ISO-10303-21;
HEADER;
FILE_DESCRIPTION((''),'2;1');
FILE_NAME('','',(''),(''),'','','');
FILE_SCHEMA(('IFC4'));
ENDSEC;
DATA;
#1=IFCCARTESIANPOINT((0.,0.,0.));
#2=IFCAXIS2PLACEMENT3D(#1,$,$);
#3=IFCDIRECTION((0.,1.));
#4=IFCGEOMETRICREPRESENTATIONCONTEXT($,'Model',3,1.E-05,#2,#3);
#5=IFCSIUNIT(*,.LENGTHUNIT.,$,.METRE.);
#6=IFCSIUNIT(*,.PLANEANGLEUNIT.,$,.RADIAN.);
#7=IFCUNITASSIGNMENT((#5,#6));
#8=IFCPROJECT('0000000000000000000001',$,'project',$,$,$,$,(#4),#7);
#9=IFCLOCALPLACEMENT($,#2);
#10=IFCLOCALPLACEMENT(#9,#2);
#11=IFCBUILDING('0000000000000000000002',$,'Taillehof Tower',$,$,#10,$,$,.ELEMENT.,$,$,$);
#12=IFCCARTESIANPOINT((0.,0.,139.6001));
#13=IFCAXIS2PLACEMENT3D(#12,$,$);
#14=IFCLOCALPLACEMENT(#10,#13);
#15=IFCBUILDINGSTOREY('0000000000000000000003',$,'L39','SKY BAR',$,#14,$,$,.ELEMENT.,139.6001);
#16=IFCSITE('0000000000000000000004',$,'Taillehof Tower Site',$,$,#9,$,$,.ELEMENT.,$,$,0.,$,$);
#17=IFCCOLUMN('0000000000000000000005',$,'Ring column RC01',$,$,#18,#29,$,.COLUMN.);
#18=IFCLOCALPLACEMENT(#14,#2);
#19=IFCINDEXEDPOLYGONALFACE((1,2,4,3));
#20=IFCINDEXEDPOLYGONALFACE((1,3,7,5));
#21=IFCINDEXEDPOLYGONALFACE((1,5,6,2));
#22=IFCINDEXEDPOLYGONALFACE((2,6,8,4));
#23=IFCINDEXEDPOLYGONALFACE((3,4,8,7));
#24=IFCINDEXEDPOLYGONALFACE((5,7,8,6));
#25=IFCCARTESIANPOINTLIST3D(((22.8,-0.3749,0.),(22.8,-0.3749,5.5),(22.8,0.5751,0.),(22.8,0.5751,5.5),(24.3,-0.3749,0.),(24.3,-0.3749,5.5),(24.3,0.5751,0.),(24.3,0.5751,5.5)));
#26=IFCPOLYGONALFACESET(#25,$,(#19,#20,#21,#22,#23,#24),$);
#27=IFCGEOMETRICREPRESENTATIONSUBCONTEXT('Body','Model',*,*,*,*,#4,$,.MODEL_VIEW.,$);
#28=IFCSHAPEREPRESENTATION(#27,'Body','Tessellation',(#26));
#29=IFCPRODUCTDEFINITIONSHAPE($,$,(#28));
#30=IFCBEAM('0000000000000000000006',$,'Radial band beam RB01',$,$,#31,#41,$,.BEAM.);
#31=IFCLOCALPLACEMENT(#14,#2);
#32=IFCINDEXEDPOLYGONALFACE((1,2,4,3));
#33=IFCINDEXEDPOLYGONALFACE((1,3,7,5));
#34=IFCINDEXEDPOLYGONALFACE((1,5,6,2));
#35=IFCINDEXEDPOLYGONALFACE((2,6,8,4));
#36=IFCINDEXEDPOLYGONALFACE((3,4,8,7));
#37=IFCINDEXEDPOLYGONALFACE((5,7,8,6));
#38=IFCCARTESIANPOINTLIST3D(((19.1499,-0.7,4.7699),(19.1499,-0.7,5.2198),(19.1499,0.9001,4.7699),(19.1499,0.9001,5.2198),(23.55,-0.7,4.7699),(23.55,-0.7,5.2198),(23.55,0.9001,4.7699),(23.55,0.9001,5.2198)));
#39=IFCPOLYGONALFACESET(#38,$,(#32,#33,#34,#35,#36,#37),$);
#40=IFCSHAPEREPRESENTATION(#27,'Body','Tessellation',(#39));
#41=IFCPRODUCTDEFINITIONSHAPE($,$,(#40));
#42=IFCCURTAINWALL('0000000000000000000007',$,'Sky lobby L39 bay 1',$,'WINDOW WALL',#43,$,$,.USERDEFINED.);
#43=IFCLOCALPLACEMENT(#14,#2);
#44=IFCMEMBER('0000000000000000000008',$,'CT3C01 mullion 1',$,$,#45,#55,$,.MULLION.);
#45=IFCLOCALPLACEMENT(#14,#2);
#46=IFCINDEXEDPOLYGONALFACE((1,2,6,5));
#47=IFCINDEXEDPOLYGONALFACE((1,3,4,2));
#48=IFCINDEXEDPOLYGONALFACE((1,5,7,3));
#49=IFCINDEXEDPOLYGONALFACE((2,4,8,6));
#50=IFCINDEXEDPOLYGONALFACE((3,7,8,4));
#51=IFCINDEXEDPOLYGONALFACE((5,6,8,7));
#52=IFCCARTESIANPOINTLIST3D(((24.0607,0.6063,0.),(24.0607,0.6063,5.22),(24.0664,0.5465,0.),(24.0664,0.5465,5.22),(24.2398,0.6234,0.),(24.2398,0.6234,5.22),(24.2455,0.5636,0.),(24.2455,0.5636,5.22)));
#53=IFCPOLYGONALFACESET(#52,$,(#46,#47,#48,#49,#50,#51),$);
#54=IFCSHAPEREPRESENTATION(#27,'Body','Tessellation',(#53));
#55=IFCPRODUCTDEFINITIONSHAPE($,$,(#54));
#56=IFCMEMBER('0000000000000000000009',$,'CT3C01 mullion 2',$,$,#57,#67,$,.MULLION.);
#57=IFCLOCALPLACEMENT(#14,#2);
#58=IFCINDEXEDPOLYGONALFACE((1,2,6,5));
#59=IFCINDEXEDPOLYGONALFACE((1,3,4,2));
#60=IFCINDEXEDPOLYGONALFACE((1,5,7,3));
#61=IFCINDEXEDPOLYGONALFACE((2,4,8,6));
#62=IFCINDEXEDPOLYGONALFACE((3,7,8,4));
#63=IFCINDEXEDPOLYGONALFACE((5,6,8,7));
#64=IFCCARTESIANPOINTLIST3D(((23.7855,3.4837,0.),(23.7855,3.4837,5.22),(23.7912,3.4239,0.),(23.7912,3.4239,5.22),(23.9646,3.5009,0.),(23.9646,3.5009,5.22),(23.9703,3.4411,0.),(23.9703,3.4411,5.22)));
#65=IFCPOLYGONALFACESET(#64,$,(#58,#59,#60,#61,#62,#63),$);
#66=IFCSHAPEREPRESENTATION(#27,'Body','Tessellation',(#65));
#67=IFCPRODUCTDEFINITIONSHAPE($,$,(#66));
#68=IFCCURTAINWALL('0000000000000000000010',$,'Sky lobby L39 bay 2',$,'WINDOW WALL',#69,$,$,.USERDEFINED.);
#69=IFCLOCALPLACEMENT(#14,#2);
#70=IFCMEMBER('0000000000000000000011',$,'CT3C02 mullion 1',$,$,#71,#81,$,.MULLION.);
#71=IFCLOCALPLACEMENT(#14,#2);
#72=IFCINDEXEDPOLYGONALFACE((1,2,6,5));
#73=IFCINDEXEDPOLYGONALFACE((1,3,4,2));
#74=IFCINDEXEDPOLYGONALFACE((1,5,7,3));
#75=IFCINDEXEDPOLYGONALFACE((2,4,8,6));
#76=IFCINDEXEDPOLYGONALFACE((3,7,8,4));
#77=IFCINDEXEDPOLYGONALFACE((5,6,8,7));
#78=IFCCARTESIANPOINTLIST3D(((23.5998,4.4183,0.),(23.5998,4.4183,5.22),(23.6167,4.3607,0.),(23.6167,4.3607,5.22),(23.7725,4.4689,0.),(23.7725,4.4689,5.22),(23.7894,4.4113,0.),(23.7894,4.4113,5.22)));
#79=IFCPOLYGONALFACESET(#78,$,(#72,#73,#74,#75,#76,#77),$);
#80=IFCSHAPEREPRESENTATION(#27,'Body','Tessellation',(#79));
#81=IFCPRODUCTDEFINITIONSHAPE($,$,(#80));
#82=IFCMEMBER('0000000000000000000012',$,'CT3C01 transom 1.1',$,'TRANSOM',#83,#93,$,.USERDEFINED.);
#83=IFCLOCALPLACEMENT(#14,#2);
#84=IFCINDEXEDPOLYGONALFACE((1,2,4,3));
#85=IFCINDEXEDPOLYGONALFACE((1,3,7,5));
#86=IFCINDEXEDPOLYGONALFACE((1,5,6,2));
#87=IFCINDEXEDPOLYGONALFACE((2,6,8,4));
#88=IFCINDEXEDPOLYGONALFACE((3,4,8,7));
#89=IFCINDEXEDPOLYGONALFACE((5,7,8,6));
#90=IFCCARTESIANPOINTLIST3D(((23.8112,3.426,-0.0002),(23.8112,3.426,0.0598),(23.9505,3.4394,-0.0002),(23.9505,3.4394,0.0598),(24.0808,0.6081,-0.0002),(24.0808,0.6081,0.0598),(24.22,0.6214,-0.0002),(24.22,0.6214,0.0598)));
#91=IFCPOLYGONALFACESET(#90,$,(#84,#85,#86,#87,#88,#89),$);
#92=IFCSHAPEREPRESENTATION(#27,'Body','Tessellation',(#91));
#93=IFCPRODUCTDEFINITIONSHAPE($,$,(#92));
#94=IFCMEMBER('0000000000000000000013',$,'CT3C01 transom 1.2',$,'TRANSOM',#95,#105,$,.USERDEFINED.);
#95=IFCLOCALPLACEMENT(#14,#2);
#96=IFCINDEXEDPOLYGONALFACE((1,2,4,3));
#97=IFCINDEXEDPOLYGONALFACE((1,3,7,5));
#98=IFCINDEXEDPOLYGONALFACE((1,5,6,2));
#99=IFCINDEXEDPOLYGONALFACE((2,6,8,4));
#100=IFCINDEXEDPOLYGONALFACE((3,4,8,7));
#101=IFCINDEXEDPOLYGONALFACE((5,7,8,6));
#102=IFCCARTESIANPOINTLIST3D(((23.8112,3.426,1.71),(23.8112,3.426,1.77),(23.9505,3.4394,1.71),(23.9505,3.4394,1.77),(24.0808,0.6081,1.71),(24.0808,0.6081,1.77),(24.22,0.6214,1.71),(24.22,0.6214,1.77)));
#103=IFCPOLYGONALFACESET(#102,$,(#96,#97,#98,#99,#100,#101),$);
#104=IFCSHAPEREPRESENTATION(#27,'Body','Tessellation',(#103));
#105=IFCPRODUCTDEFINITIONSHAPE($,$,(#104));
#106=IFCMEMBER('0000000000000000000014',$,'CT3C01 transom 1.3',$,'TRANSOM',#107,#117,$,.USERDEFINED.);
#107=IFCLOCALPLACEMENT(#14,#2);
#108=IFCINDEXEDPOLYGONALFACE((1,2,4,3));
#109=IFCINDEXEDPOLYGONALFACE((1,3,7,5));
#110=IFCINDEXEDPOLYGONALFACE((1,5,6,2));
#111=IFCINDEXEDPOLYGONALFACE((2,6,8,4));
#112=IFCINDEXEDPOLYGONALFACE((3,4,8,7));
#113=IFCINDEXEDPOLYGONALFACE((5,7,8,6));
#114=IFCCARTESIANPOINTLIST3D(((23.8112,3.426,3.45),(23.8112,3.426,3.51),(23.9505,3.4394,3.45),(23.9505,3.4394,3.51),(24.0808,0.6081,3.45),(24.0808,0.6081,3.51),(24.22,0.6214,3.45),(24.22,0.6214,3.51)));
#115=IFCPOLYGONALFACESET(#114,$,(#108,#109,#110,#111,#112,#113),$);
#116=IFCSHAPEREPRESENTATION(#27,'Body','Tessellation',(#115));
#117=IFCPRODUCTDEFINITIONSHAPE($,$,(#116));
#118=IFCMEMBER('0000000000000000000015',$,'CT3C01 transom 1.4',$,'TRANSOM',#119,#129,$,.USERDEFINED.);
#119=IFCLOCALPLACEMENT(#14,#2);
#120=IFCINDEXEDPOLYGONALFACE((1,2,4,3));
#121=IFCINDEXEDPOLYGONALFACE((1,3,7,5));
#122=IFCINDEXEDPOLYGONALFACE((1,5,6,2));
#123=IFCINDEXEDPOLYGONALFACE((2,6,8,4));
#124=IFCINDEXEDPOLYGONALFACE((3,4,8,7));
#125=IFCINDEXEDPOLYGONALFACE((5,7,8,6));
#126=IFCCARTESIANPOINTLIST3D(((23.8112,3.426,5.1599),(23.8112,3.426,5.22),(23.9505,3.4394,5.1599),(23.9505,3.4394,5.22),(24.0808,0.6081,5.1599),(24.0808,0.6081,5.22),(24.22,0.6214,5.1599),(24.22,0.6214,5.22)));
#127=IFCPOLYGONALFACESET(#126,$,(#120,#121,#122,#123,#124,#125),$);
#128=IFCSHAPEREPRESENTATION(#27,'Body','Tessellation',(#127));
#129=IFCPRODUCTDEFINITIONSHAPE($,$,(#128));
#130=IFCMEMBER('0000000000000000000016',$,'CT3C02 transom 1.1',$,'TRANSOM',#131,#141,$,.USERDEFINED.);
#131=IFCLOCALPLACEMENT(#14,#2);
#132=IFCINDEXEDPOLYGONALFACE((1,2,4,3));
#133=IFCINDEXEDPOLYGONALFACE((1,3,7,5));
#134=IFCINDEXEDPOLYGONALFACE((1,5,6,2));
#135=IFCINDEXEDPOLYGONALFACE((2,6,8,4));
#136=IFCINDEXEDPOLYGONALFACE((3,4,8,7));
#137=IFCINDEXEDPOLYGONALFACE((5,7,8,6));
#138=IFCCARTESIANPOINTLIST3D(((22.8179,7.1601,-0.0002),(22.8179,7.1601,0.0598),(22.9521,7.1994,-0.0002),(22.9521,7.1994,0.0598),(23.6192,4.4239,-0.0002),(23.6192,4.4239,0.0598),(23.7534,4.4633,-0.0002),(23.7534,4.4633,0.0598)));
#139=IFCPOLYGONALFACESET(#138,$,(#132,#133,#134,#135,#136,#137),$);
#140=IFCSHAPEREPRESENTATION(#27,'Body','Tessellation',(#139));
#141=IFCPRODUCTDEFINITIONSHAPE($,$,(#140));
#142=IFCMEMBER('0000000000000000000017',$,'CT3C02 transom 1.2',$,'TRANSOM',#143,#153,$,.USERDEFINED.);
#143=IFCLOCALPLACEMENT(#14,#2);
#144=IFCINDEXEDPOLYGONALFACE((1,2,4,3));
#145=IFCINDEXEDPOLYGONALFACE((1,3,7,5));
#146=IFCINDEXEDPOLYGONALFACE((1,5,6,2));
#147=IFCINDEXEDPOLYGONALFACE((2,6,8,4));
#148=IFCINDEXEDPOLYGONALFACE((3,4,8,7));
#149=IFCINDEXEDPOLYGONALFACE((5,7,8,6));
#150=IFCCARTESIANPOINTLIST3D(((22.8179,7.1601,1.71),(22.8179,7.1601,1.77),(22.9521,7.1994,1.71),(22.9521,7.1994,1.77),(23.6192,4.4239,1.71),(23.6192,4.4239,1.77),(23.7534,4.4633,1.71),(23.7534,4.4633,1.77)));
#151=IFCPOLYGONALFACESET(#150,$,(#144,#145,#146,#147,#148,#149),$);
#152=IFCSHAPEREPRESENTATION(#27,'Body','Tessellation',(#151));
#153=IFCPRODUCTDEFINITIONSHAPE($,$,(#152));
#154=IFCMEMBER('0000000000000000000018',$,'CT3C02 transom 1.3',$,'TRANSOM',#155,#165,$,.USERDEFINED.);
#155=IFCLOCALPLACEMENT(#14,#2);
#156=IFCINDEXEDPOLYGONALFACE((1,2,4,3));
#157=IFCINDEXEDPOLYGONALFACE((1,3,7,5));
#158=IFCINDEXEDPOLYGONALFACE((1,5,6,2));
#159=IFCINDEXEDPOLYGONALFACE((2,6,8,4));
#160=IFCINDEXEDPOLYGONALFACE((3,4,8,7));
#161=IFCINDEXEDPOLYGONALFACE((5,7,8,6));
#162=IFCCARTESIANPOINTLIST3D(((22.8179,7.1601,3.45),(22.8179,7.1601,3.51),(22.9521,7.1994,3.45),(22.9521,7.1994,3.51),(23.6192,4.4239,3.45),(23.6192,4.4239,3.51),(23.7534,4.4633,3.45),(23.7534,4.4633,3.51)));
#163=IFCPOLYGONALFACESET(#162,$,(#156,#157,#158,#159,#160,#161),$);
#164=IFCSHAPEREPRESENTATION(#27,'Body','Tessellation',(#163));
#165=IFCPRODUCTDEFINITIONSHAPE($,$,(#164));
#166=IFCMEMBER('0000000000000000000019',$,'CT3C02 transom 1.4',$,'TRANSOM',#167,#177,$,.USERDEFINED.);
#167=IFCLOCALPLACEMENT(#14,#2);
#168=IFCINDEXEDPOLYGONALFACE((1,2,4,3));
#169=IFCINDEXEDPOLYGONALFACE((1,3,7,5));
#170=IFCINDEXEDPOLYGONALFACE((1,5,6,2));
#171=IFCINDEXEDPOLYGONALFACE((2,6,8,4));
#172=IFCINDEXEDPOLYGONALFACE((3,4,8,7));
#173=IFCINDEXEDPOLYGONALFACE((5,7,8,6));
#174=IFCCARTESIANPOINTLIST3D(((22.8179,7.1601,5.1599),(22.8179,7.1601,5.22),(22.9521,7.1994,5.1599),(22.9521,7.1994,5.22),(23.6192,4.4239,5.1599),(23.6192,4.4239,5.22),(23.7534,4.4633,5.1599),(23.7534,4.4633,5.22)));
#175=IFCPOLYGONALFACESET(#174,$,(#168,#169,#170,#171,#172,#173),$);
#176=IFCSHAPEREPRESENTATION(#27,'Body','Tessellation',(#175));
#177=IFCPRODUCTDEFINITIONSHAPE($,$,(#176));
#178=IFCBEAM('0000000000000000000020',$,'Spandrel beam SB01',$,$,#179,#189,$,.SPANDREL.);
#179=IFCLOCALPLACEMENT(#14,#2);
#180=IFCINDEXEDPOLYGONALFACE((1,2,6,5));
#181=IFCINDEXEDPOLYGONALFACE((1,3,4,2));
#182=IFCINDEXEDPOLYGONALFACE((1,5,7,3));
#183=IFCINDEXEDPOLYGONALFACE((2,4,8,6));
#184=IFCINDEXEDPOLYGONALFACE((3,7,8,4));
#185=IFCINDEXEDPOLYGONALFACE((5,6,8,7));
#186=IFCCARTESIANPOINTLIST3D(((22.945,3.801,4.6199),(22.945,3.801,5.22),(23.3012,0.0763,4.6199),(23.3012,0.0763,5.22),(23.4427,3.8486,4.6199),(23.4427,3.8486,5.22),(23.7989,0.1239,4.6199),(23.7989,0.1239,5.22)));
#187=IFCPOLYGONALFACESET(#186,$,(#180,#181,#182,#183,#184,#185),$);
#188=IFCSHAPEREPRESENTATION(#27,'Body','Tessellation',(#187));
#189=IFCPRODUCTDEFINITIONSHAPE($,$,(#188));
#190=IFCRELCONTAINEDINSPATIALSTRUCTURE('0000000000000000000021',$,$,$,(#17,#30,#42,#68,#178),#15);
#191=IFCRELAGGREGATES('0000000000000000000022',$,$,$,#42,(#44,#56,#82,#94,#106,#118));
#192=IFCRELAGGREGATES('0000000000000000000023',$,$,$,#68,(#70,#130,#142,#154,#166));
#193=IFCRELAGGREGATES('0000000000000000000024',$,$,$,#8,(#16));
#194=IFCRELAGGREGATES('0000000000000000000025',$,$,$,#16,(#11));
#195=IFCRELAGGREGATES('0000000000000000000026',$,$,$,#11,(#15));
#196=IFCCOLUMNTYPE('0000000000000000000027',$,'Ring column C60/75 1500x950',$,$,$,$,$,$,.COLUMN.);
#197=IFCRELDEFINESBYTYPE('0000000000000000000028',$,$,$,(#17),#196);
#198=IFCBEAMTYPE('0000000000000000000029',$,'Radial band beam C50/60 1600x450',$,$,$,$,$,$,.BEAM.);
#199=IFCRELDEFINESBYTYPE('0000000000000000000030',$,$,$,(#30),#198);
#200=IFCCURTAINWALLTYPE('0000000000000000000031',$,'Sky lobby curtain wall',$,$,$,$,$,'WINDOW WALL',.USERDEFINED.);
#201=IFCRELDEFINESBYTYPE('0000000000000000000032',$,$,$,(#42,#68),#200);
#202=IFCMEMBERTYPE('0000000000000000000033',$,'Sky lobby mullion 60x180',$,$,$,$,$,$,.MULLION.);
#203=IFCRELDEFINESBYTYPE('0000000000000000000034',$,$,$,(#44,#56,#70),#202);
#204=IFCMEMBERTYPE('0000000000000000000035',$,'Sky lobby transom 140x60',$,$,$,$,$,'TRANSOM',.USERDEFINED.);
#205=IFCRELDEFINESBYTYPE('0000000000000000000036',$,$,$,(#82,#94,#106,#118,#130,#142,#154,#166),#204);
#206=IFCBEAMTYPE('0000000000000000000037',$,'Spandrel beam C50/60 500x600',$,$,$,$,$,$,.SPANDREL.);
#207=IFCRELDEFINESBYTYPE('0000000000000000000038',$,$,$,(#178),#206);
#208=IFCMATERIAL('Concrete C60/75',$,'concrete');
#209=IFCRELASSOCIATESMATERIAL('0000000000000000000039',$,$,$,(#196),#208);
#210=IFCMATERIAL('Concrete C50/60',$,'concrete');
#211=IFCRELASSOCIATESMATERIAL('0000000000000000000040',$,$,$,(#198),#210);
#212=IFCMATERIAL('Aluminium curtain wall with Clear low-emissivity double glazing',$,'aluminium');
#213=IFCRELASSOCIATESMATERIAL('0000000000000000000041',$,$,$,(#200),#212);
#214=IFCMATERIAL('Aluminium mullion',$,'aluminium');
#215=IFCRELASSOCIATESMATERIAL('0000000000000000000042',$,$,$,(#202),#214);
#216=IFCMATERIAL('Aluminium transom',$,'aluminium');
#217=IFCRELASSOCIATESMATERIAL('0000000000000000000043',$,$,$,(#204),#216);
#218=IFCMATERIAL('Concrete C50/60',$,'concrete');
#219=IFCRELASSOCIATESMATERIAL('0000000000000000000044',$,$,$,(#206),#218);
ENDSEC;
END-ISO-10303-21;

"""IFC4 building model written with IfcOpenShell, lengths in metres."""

from ifc_helpers import new_model, si_unit, direction, frame, origin, origin_2d, place, context, subcontext, project, spatial, rectangle, extrude, material, material_profile, profile_set, type_object, element, aggregate, save


model = new_model("IFC4")

# Units and contexts
model_context = context("Model", 3, precision=1e-05, world=origin(), true_north=direction((0.0, 1.0)))
body_context = subcontext(model_context, "Body", "Model", "MODEL_VIEW")
ifc_project = project(units=[si_unit("LENGTHUNIT", "METRE"), si_unit("PLANEANGLEUNIT", "RADIAN")], contexts=[model_context])

# Site, building, storey
site_placement = place(None, origin())
site = spatial("IfcSite", under=ifc_project, at=site_placement, Name="Taillehof Tower Site", CompositionType="ELEMENT", RefElevation=0.0)
building_placement = place(site_placement, origin())
building = spatial("IfcBuilding", under=site, at=building_placement, Name="Taillehof Tower", CompositionType="ELEMENT")
storey_placement = place(building_placement, frame((0.0, 0.0, 139.6001)))
storey = spatial("IfcBuildingStorey", under=building, at=storey_placement, Name="L39", Description="SKY BAR", CompositionType="ELEMENT", Elevation=139.6001)

# Column
ifc_material_1 = material(Name="Concrete C60/75", Category="concrete")
ifc_material_profile_1 = material_profile(ifc_material_1, rectangle(XDim=1.5, YDim=0.95, at=origin_2d()), Name="RC 1500x950")
ifc_profile_set_1 = profile_set([ifc_material_profile_1], Name="Concrete C60/75")
column_type = type_object("IfcColumnType", Name="Ring column C60/75 1500x950", PredefinedType="COLUMN", material=ifc_profile_set_1)
column_placement = place(storey_placement, frame((23.55, 0.1001, 0.0), z_axis=(0.0, 0.0, 1.0), x_axis=(1.0, 0.0, 0.0)))
element("IfcColumn", 1, at=column_placement, inside=storey, type_object=column_type, Name="Ring column RC01", PredefinedType="COLUMN", context=body_context, shape_type="SweptSolid", body=[
    extrude(rectangle(XDim=1.5, YDim=0.95, at=origin_2d()), origin(), (0.0, 0.0, 1.0), 5.5),
])

# Beam
ifc_material_2 = material(Name="Concrete C50/60", Category="concrete")
ifc_material_profile_2 = material_profile(ifc_material_2, rectangle(XDim=1.6001, YDim=0.45, at=origin_2d()), Name="RC 1600x450")
ifc_profile_set_2 = profile_set([ifc_material_profile_2], Name="Concrete C50/60")
beam_type_1 = type_object("IfcBeamType", Name="Radial band beam C50/60 1600x450", PredefinedType="BEAM", material=ifc_profile_set_2)
beam_1_placement = place(storey_placement, frame((23.55, 0.1001, 4.9949), z_axis=(-1.0, 0.0, 0.0), x_axis=(0.0, -1.0, 0.0)))
element("IfcBeam", 2, at=beam_1_placement, inside=storey, type_object=beam_type_1, Name="Radial band beam RB01", PredefinedType="BEAM", context=body_context, shape_type="SweptSolid", body=[
    extrude(rectangle(XDim=1.6001, YDim=0.45, at=origin_2d()), origin(), (0.0, 0.0, 1.0), 4.4001),
])

# Curtain wall, members
ifc_material_3 = material(Name="Aluminium curtain wall with Clear low-emissivity double glazing", Category="aluminium")
curtain_wall_type = type_object("IfcCurtainWallType", Name="Sky lobby curtain wall", ElementType="WINDOW WALL", PredefinedType="USERDEFINED", material=ifc_material_3)
curtain_wall_1_placement = place(storey_placement, origin())
curtain_wall_1 = element("IfcCurtainWall", 3, at=curtain_wall_1_placement, inside=storey, type_object=curtain_wall_type, Name="Sky lobby L39 bay 1", ObjectType="WINDOW WALL", PredefinedType="USERDEFINED")
ifc_material_4 = material(Name="Aluminium mullion", Category="aluminium")
ifc_material_profile_3 = material_profile(ifc_material_4, rectangle(XDim=0.1799, YDim=0.0601, at=origin_2d()), Name="AL 60x180")
ifc_profile_set_3 = profile_set([ifc_material_profile_3], Name="Aluminium mullion")
member_type_1 = type_object("IfcMemberType", Name="Sky lobby mullion 60x180", PredefinedType="MULLION", material=ifc_profile_set_3)
member_1_placement = place(storey_placement, frame((24.1531, 0.585, 0.0), z_axis=(0.0, 0.0, 1.0), x_axis=(-0.995458, -0.095197, 0.0)))
member_1 = element("IfcMember", 4, at=member_1_placement, type_object=member_type_1, Name="CT3C01 mullion 1", PredefinedType="MULLION", context=body_context, shape_type="SweptSolid", body=[
    extrude(rectangle(XDim=0.1799, YDim=0.0601, at=origin_2d()), origin(), (0.0, 0.0, 1.0), 5.22),
])
member_2_placement = place(storey_placement, frame((23.8779, 3.4624, 0.0), z_axis=(0.0, 0.0, 1.0), x_axis=(-0.995458, -0.095197, 0.0)))
member_2 = element("IfcMember", 5, at=member_2_placement, type_object=member_type_1, Name="CT3C01 mullion 2", PredefinedType="MULLION", context=body_context, shape_type="SweptSolid", body=[
    extrude(rectangle(XDim=0.1799, YDim=0.0601, at=origin_2d()), origin(), (0.0, 0.0, 1.0), 5.22),
])

# Curtain wall, member
curtain_wall_2_placement = place(storey_placement, origin())
curtain_wall_2 = element("IfcCurtainWall", 6, at=curtain_wall_2_placement, inside=storey, type_object=curtain_wall_type, Name="Sky lobby L39 bay 2", ObjectType="WINDOW WALL", PredefinedType="USERDEFINED")
member_3_placement = place(storey_placement, frame((23.6946, 4.4148, 0.0), z_axis=(0.0, 0.0, 1.0), x_axis=(-0.959684, -0.28108, 0.0)))
member_3 = element("IfcMember", 7, at=member_3_placement, type_object=member_type_1, Name="CT3C02 mullion 1", PredefinedType="MULLION", context=body_context, shape_type="SweptSolid", body=[
    extrude(rectangle(XDim=0.1799, YDim=0.0601, at=origin_2d()), origin(), (0.0, 0.0, 1.0), 5.22),
])

# Members
ifc_material_5 = material(Name="Aluminium transom", Category="aluminium")
ifc_material_profile_4 = material_profile(ifc_material_5, rectangle(XDim=0.1399, YDim=0.0601, at=origin_2d()), Name="AL 140x60")
ifc_profile_set_4 = profile_set([ifc_material_profile_4], Name="Aluminium transom")
member_type_2 = type_object("IfcMemberType", Name="Sky lobby transom 140x60", ElementType="TRANSOM", PredefinedType="USERDEFINED", material=ifc_profile_set_4)
member_4_placement = place(storey_placement, frame((24.1504, 0.6147, 0.0298), z_axis=(-0.095216, 0.995457, 0.0), x_axis=(-0.995457, -0.095216, 0.0)))
member_4 = element("IfcMember", 8, at=member_4_placement, type_object=member_type_2, Name="CT3C01 transom 1.1", ObjectType="TRANSOM", PredefinedType="USERDEFINED", context=body_context, shape_type="SweptSolid", body=[
    extrude(rectangle(XDim=0.1399, YDim=0.0601, at=origin_2d()), origin(), (0.0, 0.0, 1.0), 2.8308),
])
member_5_placement = place(storey_placement, frame((24.1504, 0.6147, 1.74), z_axis=(-0.095216, 0.995457, 0.0), x_axis=(-0.995457, -0.095216, 0.0)))
member_5 = element("IfcMember", 9, at=member_5_placement, type_object=member_type_2, Name="CT3C01 transom 1.2", ObjectType="TRANSOM", PredefinedType="USERDEFINED", context=body_context, shape_type="SweptSolid", body=[
    extrude(rectangle(XDim=0.1399, YDim=0.0601, at=origin_2d()), origin(), (0.0, 0.0, 1.0), 2.8308),
])
member_6_placement = place(storey_placement, frame((24.1504, 0.6147, 3.48), z_axis=(-0.095216, 0.995457, 0.0), x_axis=(-0.995457, -0.095216, 0.0)))
member_6 = element("IfcMember", 10, at=member_6_placement, type_object=member_type_2, Name="CT3C01 transom 1.3", ObjectType="TRANSOM", PredefinedType="USERDEFINED", context=body_context, shape_type="SweptSolid", body=[
    extrude(rectangle(XDim=0.1399, YDim=0.0601, at=origin_2d()), origin(), (0.0, 0.0, 1.0), 2.8308),
])
member_7_placement = place(storey_placement, frame((24.1504, 0.6147, 5.1899), z_axis=(-0.095216, 0.995457, 0.0), x_axis=(-0.995457, -0.095216, 0.0)))
member_7 = element("IfcMember", 11, at=member_7_placement, type_object=member_type_2, Name="CT3C01 transom 1.4", ObjectType="TRANSOM", PredefinedType="USERDEFINED", context=body_context, shape_type="SweptSolid", body=[
    extrude(rectangle(XDim=0.1399, YDim=0.0601, at=origin_2d()), origin(), (0.0, 0.0, 1.0), 2.8308),
])
member_8_placement = place(storey_placement, frame((23.6863, 4.4436, 0.0298), z_axis=(-0.281049, 0.959693, 0.0), x_axis=(-0.959693, -0.281049, 0.0)))
member_8 = element("IfcMember", 12, at=member_8_placement, type_object=member_type_2, Name="CT3C02 transom 1.1", ObjectType="TRANSOM", PredefinedType="USERDEFINED", context=body_context, shape_type="SweptSolid", body=[
    extrude(rectangle(XDim=0.1399, YDim=0.0601, at=origin_2d()), origin(), (0.0, 0.0, 1.0), 2.8511),
])
member_9_placement = place(storey_placement, frame((23.6863, 4.4436, 1.74), z_axis=(-0.281049, 0.959693, 0.0), x_axis=(-0.959693, -0.281049, 0.0)))
member_9 = element("IfcMember", 13, at=member_9_placement, type_object=member_type_2, Name="CT3C02 transom 1.2", ObjectType="TRANSOM", PredefinedType="USERDEFINED", context=body_context, shape_type="SweptSolid", body=[
    extrude(rectangle(XDim=0.1399, YDim=0.0601, at=origin_2d()), origin(), (0.0, 0.0, 1.0), 2.8511),
])
member_10_placement = place(storey_placement, frame((23.6863, 4.4436, 3.48), z_axis=(-0.281049, 0.959693, 0.0), x_axis=(-0.959693, -0.281049, 0.0)))
member_10 = element("IfcMember", 14, at=member_10_placement, type_object=member_type_2, Name="CT3C02 transom 1.3", ObjectType="TRANSOM", PredefinedType="USERDEFINED", context=body_context, shape_type="SweptSolid", body=[
    extrude(rectangle(XDim=0.1399, YDim=0.0601, at=origin_2d()), origin(), (0.0, 0.0, 1.0), 2.8511),
])
member_11_placement = place(storey_placement, frame((23.6863, 4.4436, 5.1899), z_axis=(-0.281049, 0.959693, 0.0), x_axis=(-0.959693, -0.281049, 0.0)))
member_11 = element("IfcMember", 15, at=member_11_placement, type_object=member_type_2, Name="CT3C02 transom 1.4", ObjectType="TRANSOM", PredefinedType="USERDEFINED", context=body_context, shape_type="SweptSolid", body=[
    extrude(rectangle(XDim=0.1399, YDim=0.0601, at=origin_2d()), origin(), (0.0, 0.0, 1.0), 2.8511),
])

# Beam
ifc_material_6 = material(Name="Concrete C50/60", Category="concrete")
ifc_material_profile_5 = material_profile(ifc_material_6, rectangle(XDim=0.5, YDim=0.6001, at=origin_2d()), Name="RC 500x600")
ifc_profile_set_5 = profile_set([ifc_material_profile_5], Name="Concrete C50/60")
beam_type_2 = type_object("IfcBeamType", Name="Spandrel beam C50/60 500x600", PredefinedType="SPANDREL", material=ifc_profile_set_5)
beam_2_placement = place(storey_placement, frame((23.55, 0.1001, 4.9199), z_axis=(-0.0952, 0.995458, 0.0), x_axis=(-0.995458, -0.0952, 0.0)))
element("IfcBeam", 16, at=beam_2_placement, inside=storey, type_object=beam_type_2, Name="Spandrel beam SB01", PredefinedType="SPANDREL", context=body_context, shape_type="SweptSolid", body=[
    extrude(rectangle(XDim=0.5, YDim=0.6001, at=origin_2d()), origin(), (0.0, 0.0, 1.0), 3.7417),
])

aggregate(curtain_wall_1, [member_1, member_2, member_4, member_5, member_6, member_7])
aggregate(curtain_wall_2, [member_3, member_8, member_9, member_10, member_11])

save(model, "model.ifc")
